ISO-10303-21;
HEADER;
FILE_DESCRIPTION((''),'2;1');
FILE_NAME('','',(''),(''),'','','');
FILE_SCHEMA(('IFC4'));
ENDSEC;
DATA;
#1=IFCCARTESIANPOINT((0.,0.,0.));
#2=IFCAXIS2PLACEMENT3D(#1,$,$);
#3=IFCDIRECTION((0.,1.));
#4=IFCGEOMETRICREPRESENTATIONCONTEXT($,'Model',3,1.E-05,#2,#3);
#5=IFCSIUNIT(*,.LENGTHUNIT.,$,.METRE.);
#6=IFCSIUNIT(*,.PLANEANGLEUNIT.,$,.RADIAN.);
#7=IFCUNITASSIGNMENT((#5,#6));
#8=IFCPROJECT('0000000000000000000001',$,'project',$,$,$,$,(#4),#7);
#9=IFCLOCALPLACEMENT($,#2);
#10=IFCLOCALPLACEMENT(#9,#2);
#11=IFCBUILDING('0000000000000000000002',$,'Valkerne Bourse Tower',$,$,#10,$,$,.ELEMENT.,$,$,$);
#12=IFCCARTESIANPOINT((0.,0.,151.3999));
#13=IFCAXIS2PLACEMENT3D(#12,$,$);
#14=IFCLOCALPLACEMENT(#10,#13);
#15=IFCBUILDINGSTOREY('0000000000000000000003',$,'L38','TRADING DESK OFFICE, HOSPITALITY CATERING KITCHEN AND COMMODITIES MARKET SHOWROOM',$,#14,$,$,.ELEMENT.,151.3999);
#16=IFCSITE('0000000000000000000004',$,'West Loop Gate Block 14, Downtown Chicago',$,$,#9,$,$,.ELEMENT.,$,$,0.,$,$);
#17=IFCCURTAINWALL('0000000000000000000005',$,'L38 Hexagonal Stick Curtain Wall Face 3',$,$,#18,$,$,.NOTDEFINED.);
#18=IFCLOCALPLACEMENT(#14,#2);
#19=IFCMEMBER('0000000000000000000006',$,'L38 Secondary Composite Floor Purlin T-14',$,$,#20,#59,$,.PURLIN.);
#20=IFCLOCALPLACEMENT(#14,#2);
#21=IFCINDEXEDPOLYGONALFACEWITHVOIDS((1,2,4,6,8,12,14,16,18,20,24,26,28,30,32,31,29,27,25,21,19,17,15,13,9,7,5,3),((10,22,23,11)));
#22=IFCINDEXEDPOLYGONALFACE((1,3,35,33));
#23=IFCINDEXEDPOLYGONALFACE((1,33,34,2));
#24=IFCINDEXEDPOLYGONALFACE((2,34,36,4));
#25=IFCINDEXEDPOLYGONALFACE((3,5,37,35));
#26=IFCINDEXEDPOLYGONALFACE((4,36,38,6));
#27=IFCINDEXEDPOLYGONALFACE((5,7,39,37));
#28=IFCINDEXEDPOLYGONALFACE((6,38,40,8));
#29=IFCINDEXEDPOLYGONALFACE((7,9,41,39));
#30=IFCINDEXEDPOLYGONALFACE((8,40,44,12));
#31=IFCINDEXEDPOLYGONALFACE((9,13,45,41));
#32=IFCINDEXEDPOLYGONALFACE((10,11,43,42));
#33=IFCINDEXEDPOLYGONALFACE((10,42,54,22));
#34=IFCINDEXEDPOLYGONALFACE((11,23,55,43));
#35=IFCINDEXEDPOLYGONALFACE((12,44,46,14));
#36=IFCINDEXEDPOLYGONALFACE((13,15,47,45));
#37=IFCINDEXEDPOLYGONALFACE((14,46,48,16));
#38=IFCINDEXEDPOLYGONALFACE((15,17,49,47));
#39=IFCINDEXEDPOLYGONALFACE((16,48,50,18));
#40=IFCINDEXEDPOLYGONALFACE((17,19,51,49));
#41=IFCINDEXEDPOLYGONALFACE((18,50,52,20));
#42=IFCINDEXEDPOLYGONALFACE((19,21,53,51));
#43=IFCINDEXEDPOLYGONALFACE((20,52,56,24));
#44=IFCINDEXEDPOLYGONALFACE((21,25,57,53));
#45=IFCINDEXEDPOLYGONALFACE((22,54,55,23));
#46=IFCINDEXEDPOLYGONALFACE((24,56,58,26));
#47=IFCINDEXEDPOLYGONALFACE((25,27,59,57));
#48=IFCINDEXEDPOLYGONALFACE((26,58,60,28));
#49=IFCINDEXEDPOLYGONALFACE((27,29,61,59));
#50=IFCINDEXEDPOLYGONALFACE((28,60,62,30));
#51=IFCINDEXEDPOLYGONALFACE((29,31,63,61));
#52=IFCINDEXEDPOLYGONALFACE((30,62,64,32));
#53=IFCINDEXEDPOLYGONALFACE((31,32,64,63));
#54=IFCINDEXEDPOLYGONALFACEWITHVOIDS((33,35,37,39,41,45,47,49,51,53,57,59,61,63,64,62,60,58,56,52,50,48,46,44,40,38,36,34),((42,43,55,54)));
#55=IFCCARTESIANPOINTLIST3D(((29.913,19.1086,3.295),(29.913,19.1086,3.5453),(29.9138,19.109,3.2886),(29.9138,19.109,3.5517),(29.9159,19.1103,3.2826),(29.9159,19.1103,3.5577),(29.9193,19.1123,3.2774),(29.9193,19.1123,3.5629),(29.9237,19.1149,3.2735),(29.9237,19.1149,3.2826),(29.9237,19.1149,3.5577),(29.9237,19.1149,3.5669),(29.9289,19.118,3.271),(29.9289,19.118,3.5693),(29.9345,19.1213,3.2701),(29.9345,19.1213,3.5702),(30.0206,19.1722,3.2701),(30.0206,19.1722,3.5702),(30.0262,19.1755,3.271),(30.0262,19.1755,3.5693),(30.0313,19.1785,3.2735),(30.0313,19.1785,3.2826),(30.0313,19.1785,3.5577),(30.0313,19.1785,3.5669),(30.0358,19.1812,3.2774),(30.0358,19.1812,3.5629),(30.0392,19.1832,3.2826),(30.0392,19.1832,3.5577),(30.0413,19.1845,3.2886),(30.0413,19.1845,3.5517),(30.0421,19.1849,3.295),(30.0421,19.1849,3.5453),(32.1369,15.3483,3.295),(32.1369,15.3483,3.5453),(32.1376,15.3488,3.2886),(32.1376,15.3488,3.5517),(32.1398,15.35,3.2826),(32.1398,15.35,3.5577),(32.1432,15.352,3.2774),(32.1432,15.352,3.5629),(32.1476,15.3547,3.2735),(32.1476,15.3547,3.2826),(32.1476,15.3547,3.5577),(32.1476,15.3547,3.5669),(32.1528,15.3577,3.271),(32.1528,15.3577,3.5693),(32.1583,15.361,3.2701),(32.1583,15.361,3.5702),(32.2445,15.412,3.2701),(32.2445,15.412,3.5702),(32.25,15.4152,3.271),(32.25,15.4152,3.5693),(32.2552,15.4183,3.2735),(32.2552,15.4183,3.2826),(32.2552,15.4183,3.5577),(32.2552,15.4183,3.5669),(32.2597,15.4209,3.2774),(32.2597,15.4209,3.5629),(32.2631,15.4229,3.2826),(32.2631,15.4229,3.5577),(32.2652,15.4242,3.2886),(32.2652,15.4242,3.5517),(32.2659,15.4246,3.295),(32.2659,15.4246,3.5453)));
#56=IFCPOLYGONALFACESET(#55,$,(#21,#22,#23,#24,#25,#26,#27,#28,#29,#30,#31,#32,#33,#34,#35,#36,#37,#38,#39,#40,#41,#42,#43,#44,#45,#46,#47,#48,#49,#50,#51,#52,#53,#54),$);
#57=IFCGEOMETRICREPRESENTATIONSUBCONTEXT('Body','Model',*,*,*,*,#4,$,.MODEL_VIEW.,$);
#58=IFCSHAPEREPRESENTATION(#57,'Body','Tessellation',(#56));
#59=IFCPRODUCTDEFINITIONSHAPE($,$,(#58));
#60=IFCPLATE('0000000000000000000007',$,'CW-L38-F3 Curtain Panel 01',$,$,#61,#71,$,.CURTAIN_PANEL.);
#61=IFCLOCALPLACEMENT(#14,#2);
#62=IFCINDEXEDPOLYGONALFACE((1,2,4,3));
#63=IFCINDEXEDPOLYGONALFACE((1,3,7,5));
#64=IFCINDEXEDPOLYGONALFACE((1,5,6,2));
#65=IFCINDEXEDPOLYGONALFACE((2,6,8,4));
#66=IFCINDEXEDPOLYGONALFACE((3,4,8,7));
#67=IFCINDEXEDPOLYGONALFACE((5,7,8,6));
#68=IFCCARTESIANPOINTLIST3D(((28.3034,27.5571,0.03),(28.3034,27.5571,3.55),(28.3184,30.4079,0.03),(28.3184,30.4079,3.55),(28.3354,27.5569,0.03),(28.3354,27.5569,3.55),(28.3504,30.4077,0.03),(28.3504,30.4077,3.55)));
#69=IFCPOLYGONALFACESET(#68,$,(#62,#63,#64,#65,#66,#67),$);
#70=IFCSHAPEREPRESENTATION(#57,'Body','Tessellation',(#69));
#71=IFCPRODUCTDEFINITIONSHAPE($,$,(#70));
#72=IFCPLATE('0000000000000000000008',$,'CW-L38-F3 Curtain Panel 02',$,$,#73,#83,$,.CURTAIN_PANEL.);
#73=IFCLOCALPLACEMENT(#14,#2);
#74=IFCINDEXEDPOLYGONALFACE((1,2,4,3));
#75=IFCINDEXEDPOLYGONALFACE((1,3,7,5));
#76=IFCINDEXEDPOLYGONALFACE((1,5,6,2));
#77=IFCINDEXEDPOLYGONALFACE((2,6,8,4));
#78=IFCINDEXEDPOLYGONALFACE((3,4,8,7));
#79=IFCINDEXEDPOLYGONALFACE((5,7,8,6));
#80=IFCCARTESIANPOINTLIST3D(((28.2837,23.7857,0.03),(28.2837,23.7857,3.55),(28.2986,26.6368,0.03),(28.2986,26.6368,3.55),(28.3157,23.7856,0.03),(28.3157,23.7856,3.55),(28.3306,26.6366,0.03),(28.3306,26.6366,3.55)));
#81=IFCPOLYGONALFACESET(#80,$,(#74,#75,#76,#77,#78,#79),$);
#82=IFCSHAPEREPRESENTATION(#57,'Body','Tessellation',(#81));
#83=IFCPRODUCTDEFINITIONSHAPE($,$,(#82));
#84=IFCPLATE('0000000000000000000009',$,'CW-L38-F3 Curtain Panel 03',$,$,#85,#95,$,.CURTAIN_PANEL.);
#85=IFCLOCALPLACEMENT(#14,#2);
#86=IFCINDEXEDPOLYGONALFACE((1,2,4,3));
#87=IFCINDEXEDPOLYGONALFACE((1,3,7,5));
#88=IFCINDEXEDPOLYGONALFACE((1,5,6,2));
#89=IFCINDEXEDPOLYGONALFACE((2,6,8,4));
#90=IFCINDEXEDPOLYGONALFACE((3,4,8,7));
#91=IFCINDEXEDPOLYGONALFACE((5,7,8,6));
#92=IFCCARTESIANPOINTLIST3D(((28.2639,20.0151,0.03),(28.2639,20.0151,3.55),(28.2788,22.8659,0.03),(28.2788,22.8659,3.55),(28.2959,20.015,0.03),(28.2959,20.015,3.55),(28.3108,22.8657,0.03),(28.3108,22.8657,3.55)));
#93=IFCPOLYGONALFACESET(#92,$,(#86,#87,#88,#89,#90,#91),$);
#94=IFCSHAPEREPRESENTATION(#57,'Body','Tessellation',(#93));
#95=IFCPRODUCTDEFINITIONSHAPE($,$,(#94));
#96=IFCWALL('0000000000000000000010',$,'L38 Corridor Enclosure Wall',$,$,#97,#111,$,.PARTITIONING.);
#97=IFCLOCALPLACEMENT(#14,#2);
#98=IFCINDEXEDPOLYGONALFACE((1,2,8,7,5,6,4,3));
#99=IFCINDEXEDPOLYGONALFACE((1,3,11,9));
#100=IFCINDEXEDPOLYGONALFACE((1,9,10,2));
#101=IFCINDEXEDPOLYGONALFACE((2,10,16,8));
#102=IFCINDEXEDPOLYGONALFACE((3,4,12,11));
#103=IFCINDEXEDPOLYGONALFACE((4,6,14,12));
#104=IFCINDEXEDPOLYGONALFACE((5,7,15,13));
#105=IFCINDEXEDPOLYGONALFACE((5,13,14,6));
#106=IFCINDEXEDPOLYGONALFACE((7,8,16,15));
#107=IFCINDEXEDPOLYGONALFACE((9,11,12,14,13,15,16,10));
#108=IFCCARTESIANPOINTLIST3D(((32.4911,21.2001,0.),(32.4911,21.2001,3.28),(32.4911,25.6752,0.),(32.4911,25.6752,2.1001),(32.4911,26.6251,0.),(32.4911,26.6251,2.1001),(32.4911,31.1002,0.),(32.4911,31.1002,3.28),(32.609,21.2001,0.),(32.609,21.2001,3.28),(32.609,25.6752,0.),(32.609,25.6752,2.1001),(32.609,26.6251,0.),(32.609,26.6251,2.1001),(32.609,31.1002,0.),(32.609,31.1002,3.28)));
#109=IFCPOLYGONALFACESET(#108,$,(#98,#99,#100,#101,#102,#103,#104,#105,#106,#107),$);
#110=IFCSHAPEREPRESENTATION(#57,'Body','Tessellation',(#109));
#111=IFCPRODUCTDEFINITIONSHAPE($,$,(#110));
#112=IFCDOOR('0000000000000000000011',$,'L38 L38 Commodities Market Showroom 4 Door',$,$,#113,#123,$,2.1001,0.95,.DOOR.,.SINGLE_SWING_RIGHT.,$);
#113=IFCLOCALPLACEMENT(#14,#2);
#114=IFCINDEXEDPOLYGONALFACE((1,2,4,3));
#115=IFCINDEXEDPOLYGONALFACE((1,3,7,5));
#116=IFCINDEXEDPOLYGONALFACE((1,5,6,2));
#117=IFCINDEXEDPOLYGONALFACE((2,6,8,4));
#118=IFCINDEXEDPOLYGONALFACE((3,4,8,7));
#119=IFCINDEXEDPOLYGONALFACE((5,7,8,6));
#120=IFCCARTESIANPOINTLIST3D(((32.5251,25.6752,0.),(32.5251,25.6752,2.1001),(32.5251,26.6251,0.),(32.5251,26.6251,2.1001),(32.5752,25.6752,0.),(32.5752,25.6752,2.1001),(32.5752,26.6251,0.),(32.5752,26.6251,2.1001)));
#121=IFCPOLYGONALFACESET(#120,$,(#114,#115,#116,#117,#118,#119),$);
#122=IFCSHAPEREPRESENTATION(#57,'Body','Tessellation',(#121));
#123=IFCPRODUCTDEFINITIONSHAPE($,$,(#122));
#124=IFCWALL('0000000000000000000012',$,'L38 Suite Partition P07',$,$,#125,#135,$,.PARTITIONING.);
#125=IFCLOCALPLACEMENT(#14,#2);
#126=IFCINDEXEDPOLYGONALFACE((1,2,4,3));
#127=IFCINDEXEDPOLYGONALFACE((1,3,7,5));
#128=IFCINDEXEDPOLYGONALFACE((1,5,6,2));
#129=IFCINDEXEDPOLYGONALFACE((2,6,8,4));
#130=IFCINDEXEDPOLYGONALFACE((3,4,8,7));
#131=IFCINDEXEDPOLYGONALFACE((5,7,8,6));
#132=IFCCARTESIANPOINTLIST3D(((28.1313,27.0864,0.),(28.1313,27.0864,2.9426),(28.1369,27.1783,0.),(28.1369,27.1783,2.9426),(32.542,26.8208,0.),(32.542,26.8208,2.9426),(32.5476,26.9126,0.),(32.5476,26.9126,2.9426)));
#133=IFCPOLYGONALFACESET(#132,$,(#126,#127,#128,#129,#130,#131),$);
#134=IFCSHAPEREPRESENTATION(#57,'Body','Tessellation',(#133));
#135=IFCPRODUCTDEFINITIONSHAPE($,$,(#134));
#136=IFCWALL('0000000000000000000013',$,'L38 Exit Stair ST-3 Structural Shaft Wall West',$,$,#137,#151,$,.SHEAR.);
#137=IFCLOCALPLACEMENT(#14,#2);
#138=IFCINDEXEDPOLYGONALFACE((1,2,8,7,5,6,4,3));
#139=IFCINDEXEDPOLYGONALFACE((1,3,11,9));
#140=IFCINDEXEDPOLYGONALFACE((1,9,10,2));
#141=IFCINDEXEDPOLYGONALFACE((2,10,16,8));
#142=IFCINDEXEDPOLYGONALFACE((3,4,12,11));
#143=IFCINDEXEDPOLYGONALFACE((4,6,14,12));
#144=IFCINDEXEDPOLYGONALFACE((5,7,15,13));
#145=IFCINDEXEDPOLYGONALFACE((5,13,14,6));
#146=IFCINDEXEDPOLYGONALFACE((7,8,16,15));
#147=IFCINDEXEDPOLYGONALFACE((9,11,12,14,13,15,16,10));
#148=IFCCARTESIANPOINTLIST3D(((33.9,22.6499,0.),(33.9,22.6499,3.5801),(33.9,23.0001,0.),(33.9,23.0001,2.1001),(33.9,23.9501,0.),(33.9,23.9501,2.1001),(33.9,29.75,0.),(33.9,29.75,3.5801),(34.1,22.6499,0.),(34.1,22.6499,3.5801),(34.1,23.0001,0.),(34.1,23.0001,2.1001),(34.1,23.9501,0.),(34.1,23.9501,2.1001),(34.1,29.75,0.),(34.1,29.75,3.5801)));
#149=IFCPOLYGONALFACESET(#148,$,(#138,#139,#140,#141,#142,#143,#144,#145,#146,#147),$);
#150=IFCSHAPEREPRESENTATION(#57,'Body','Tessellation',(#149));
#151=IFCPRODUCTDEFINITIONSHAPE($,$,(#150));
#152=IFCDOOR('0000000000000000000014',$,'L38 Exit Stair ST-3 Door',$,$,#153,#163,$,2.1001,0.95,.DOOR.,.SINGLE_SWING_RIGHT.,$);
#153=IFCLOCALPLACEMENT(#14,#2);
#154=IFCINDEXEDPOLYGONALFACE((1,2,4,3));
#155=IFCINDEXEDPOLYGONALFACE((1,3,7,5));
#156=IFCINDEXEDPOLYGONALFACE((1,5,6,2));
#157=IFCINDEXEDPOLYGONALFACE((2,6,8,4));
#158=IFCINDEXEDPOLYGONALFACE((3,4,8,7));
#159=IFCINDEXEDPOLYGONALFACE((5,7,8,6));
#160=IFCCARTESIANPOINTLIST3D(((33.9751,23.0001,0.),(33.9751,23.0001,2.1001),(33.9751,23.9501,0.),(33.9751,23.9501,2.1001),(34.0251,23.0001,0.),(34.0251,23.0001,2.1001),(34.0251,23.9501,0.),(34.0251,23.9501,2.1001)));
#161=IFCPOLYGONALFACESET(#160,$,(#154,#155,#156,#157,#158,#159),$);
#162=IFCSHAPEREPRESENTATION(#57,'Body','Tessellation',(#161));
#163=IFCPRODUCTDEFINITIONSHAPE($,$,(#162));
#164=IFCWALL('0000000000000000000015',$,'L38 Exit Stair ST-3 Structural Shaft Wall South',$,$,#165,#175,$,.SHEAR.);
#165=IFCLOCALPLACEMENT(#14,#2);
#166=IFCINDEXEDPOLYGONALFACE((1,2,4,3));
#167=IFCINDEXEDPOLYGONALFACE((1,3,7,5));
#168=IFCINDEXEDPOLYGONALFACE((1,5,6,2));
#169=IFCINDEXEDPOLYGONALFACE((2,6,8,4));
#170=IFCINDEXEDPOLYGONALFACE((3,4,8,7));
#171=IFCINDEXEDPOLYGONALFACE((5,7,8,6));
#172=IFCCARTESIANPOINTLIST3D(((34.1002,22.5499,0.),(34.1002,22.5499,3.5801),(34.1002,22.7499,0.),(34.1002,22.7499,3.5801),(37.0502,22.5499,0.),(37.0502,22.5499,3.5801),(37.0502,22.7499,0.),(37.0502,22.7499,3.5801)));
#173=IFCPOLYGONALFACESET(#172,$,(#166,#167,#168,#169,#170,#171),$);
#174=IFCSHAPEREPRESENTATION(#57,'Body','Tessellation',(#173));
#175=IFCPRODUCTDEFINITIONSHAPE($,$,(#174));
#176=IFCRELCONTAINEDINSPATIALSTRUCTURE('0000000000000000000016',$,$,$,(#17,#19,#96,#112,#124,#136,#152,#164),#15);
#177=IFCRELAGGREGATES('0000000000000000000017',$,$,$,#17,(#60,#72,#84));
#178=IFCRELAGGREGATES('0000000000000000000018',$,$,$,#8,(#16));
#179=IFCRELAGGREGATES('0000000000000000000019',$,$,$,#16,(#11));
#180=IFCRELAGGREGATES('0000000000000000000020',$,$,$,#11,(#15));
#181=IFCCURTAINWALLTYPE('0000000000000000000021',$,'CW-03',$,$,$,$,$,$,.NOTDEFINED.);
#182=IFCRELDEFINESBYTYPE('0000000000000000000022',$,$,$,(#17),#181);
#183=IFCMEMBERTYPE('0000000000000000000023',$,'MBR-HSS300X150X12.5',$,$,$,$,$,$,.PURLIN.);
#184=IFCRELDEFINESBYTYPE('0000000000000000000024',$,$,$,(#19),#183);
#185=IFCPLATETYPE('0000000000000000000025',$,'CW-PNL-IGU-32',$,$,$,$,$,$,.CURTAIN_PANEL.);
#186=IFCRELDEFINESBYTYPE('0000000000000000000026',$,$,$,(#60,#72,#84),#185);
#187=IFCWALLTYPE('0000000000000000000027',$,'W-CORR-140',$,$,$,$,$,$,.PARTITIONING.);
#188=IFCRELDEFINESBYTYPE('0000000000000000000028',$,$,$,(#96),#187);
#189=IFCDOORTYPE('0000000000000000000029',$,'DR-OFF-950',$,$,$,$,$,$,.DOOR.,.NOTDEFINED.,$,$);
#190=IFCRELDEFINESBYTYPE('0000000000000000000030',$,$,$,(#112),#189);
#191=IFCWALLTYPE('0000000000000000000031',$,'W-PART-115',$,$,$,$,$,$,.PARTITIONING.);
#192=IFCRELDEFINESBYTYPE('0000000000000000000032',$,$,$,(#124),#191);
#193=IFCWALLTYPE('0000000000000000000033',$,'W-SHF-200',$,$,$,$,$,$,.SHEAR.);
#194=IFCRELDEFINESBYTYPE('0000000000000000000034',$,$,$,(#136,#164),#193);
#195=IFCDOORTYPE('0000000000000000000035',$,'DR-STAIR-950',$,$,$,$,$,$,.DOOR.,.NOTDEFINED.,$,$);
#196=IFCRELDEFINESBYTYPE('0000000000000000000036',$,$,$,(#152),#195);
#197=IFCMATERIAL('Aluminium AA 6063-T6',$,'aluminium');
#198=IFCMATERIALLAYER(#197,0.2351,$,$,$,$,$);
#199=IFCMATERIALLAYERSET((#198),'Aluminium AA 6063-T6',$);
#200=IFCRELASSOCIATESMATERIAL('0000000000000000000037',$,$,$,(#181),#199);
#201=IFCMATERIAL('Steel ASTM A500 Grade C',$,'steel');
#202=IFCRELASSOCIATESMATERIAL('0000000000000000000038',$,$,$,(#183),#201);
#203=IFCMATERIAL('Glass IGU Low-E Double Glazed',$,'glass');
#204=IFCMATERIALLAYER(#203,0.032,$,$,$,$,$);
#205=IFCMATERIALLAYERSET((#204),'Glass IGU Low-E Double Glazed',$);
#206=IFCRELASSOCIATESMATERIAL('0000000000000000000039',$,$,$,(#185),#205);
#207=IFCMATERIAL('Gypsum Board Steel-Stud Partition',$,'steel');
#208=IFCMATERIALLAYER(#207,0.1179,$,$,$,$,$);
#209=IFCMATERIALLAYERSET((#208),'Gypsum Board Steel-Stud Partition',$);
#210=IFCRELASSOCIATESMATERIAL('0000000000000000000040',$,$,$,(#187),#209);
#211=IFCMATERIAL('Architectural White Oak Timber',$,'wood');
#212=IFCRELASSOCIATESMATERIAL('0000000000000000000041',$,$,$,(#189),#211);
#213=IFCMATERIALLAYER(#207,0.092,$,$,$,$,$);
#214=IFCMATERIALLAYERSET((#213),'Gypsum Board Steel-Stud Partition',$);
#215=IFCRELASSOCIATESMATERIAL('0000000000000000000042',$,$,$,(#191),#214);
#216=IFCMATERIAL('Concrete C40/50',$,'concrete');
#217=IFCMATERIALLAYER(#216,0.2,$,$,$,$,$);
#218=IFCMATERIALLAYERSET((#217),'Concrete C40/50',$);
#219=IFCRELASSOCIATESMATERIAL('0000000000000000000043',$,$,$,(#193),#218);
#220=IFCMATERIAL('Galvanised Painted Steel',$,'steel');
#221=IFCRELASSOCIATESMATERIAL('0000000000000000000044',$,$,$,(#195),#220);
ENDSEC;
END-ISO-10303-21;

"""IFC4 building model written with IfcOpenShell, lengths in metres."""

from ifc_helpers import new_model, si_unit, direction, frame, frame_2d, origin, origin_2d, place, context, subcontext, project, spatial, rectangle, hollow_rectangle, extrude, material, layer, layer_set, material_profile, profile_set, type_object, element, fill, aggregate, save


model = new_model("IFC4")

# Units and contexts
model_context = context("Model", 3, precision=1e-05, world=origin(), true_north=direction((0.0, 1.0)))
body_context = subcontext(model_context, "Body", "Model", "MODEL_VIEW")
ifc_project = project(units=[si_unit("LENGTHUNIT", "METRE"), si_unit("PLANEANGLEUNIT", "RADIAN")], contexts=[model_context])

# Site, building, storey
site_placement = place(None, origin())
site = spatial("IfcSite", under=ifc_project, at=site_placement, Name="West Loop Gate Block 14, Downtown Chicago", CompositionType="ELEMENT", RefElevation=0.0)
building_placement = place(site_placement, origin())
building = spatial("IfcBuilding", under=site, at=building_placement, Name="Valkerne Bourse Tower", CompositionType="ELEMENT")
storey_placement = place(building_placement, frame((0.0, 0.0, 151.3999)))
storey = spatial("IfcBuildingStorey", under=building, at=storey_placement, Name="L38", Description="TRADING DESK OFFICE, HOSPITALITY CATERING KITCHEN AND COMMODITIES MARKET SHOWROOM", CompositionType="ELEMENT", Elevation=151.3999)

# Curtain wall
ifc_material_1 = material(Name="Aluminium AA 6063-T6", Category="aluminium")
ifc_layer_1 = layer(ifc_material_1, 0.2351)
ifc_layer_set_1 = layer_set([ifc_layer_1], Name="Aluminium AA 6063-T6")
curtain_wall_type = type_object("IfcCurtainWallType", Name="CW-03", PredefinedType="NOTDEFINED", material=ifc_layer_set_1)
curtain_wall_placement = place(storey_placement, origin())
curtain_wall = element("IfcCurtainWall", 1, at=curtain_wall_placement, inside=storey, type_object=curtain_wall_type, Name="L38 Hexagonal Stick Curtain Wall Face 3", PredefinedType="NOTDEFINED")

# Member
ifc_material_2 = material(Name="Steel ASTM A500 Grade C", Category="steel")
ifc_material_profile_1 = material_profile(ifc_material_2, hollow_rectangle(XDim=0.1499, YDim=0.3, WallThickness=0.0125, OuterFilletRadius=0.0249, at=origin_2d()), Name="HSS300X150X12.5")
ifc_profile_set_1 = profile_set([ifc_material_profile_1], Name="Steel ASTM A500 Grade C")
member_type_1 = type_object("IfcMemberType", Name="MBR-HSS300X150X12.5", PredefinedType="PURLIN", material=ifc_profile_set_1)
member_1_placement = place(storey_placement, frame((29.9775, 19.1467, 3.4202), z_axis=(0.509053, -0.860735, 0.0), x_axis=(0.860735, 0.509053, 0.0)))
element("IfcMember", 2, at=member_1_placement, inside=storey, type_object=member_type_1, Name="L38 Secondary Composite Floor Purlin T-14", PredefinedType="PURLIN", context=body_context, shape_type="SweptSolid", body=[
    extrude(hollow_rectangle(XDim=0.1499, YDim=0.3, WallThickness=0.0125, OuterFilletRadius=0.0249, at=origin_2d()), origin(), (0.0, 0.0, 1.0), 4.3687),
])

# Plates
ifc_material_3 = material(Name="Glass IGU Low-E Double Glazed", Category="glass")
ifc_layer_2 = layer(ifc_material_3, 0.032)
ifc_layer_set_2 = layer_set([ifc_layer_2], Name="Glass IGU Low-E Double Glazed")
plate_type = type_object("IfcPlateType", Name="CW-PNL-IGU-32", PredefinedType="CURTAIN_PANEL", material=ifc_layer_set_2)
plate_1_placement = place(storey_placement, frame((28.3269, 28.9824, 0.03), z_axis=(0.0, 0.0, 1.0), x_axis=(-0.005251, -0.999986, 0.0)))
plate_1 = element("IfcPlate", 3, at=plate_1_placement, type_object=plate_type, Name="CW-L38-F3 Curtain Panel 01", PredefinedType="CURTAIN_PANEL", context=body_context, shape_type="SweptSolid", body=[
    extrude(rectangle(XDim=2.8508, YDim=0.032, at=origin_2d()), origin(), (0.0, 0.0, 1.0), 3.52),
])
plate_2_placement = place(storey_placement, frame((28.3071, 25.2112, 0.03), z_axis=(0.0, 0.0, 1.0), x_axis=(-0.005224, -0.999986, 0.0)))
plate_2 = element("IfcPlate", 4, at=plate_2_placement, type_object=plate_type, Name="CW-L38-F3 Curtain Panel 02", PredefinedType="CURTAIN_PANEL", context=body_context, shape_type="SweptSolid", body=[
    extrude(rectangle(XDim=2.8511, YDim=0.032, at=origin_2d()), origin(), (0.0, 0.0, 1.0), 3.52),
])
plate_3_placement = place(storey_placement, frame((28.2874, 21.4404, 0.03), z_axis=(0.0, 0.0, 1.0), x_axis=(-0.005251, -0.999986, 0.0)))
plate_3 = element("IfcPlate", 5, at=plate_3_placement, type_object=plate_type, Name="CW-L38-F3 Curtain Panel 03", PredefinedType="CURTAIN_PANEL", context=body_context, shape_type="SweptSolid", body=[
    extrude(rectangle(XDim=2.8508, YDim=0.032, at=origin_2d()), origin(), (0.0, 0.0, 1.0), 3.52),
])
aggregate(curtain_wall, [plate_1, plate_2, plate_3])

# Wall, opening, door
ifc_material_4 = material(Name="Gypsum Board Steel-Stud Partition", Category="steel")
ifc_layer_3 = layer(ifc_material_4, 0.1179)
ifc_layer_set_3 = layer_set([ifc_layer_3], Name="Gypsum Board Steel-Stud Partition")
wall_type_1 = type_object("IfcWallType", Name="W-CORR-140", PredefinedType="PARTITIONING", material=ifc_layer_set_3)
wall_1_placement = place(storey_placement, frame((32.55, 21.2, 0.0), z_axis=(0.0, 0.0, 1.0), x_axis=(0.0, 1.0, 0.0)))
wall_1 = element("IfcWall", 6, at=wall_1_placement, inside=storey, type_object=wall_type_1, Name="L38 Corridor Enclosure Wall", PredefinedType="PARTITIONING", context=body_context, shape_type="SweptSolid", body=[
    extrude(rectangle(XDim=9.9001, YDim=0.1179, at=frame_2d((4.9502, 0.0))), origin(), (0.0, 0.0, 1.0), 3.28),
])
opening_1_placement = place(wall_1_placement, frame((4.4751, 0.0, 0.0)))
opening_1 = element("IfcOpeningElement", 7, at=opening_1_placement, cuts=wall_1, PredefinedType="OPENING", context=body_context, shape_type="SweptSolid", body=[
    extrude(rectangle(XDim=0.95, YDim=2.1001, at=frame_2d((0.4751, 1.05))), frame((0.0, 0.0688, 0.0), z_axis=(0.0, -1.0, 0.0), x_axis=(1.0, 0.0, 0.0)), (0.0, 0.0, 1.0), 0.1379),
])
ifc_material_5 = material(Name="Architectural White Oak Timber", Category="wood")
door_type_1 = type_object("IfcDoorType", Name="DR-OFF-950", OperationType="NOTDEFINED", PredefinedType="DOOR", material=ifc_material_5)
door_1_placement = place(opening_1_placement, origin())
door_1 = element("IfcDoor", 8, at=door_1_placement, inside=storey, type_object=door_type_1, Name="L38 L38 Commodities Market Showroom 4 Door", OperationType="SINGLE_SWING_RIGHT", OverallHeight=2.1001, OverallWidth=0.95, PredefinedType="DOOR", context=body_context, shape_type="SweptSolid", body=[
    extrude(rectangle(XDim=0.95, YDim=2.1001, at=frame_2d((0.4751, 1.05))), frame((0.0, 0.0249, 0.0), z_axis=(0.0, -1.0, 0.0), x_axis=(1.0, 0.0, 0.0)), (0.0, 0.0, 1.0), 0.05),
])
fill(opening_1, door_1)

# Wall
ifc_layer_4 = layer(ifc_material_4, 0.092)
ifc_layer_set_4 = layer_set([ifc_layer_4], Name="Gypsum Board Steel-Stud Partition")
wall_type_2 = type_object("IfcWallType", Name="W-PART-115", PredefinedType="PARTITIONING", material=ifc_layer_set_4)
wall_2_placement = place(storey_placement, frame((32.5449, 26.8667, 0.0), z_axis=(0.0, 0.0, 1.0), x_axis=(-0.998191, 0.060115, 0.0)))
element("IfcWall", 9, at=wall_2_placement, inside=storey, type_object=wall_type_2, Name="L38 Suite Partition P07", PredefinedType="PARTITIONING", context=body_context, shape_type="SweptSolid", body=[
    extrude(rectangle(XDim=4.4187, YDim=0.092, at=frame_2d((2.2095, 0.0))), origin(), (0.0, 0.0, 1.0), 2.9426),
])

# Wall, opening, door
ifc_material_6 = material(Name="Concrete C40/50", Category="concrete")
ifc_layer_5 = layer(ifc_material_6, 0.2)
ifc_layer_set_5 = layer_set([ifc_layer_5], Name="Concrete C40/50")
wall_type_3 = type_object("IfcWallType", Name="W-SHF-200", PredefinedType="SHEAR", material=ifc_layer_set_5)
wall_3_placement = place(storey_placement, frame((34.0, 22.6499, 0.0), z_axis=(0.0, 0.0, 1.0), x_axis=(0.0, 1.0, 0.0)))
wall_3 = element("IfcWall", 10, at=wall_3_placement, inside=storey, type_object=wall_type_3, Name="L38 Exit Stair ST-3 Structural Shaft Wall West", PredefinedType="SHEAR", context=body_context, shape_type="SweptSolid", body=[
    extrude(rectangle(XDim=7.1001, YDim=0.2, at=frame_2d((3.55, 0.0))), origin(), (0.0, 0.0, 1.0), 3.5801),
])
opening_2_placement = place(wall_3_placement, frame((0.3501, 0.0, 0.0)))
opening_2 = element("IfcOpeningElement", 11, at=opening_2_placement, cuts=wall_3, PredefinedType="OPENING", context=body_context, shape_type="SweptSolid", body=[
    extrude(rectangle(XDim=0.95, YDim=2.1001, at=frame_2d((0.4751, 1.05))), frame((0.0, 0.1099, 0.0), z_axis=(0.0, -1.0, 0.0), x_axis=(1.0, 0.0, 0.0)), (0.0, 0.0, 1.0), 0.22),
])
ifc_material_7 = material(Name="Galvanised Painted Steel", Category="steel")
door_type_2 = type_object("IfcDoorType", Name="DR-STAIR-950", OperationType="NOTDEFINED", PredefinedType="DOOR", material=ifc_material_7)
door_2_placement = place(opening_2_placement, origin())
door_2 = element("IfcDoor", 12, at=door_2_placement, inside=storey, type_object=door_type_2, Name="L38 Exit Stair ST-3 Door", OperationType="SINGLE_SWING_RIGHT", OverallHeight=2.1001, OverallWidth=0.95, PredefinedType="DOOR", context=body_context, shape_type="SweptSolid", body=[
    extrude(rectangle(XDim=0.95, YDim=2.1001, at=frame_2d((0.4751, 1.05))), frame((0.0, 0.0249, 0.0), z_axis=(0.0, -1.0, 0.0), x_axis=(1.0, 0.0, 0.0)), (0.0, 0.0, 1.0), 0.05),
])
fill(opening_2, door_2)

# Wall
wall_4_placement = place(storey_placement, frame((34.1001, 22.6499, 0.0), z_axis=(0.0, 0.0, 1.0), x_axis=(1.0, 0.0, 0.0)))
element("IfcWall", 13, at=wall_4_placement, inside=storey, type_object=wall_type_3, Name="L38 Exit Stair ST-3 Structural Shaft Wall South", PredefinedType="SHEAR", context=body_context, shape_type="SweptSolid", body=[
    extrude(rectangle(XDim=2.95, YDim=0.2, at=frame_2d((1.4751, 0.0))), origin(), (0.0, 0.0, 1.0), 3.5801),
])

save(model, "model.ifc")
